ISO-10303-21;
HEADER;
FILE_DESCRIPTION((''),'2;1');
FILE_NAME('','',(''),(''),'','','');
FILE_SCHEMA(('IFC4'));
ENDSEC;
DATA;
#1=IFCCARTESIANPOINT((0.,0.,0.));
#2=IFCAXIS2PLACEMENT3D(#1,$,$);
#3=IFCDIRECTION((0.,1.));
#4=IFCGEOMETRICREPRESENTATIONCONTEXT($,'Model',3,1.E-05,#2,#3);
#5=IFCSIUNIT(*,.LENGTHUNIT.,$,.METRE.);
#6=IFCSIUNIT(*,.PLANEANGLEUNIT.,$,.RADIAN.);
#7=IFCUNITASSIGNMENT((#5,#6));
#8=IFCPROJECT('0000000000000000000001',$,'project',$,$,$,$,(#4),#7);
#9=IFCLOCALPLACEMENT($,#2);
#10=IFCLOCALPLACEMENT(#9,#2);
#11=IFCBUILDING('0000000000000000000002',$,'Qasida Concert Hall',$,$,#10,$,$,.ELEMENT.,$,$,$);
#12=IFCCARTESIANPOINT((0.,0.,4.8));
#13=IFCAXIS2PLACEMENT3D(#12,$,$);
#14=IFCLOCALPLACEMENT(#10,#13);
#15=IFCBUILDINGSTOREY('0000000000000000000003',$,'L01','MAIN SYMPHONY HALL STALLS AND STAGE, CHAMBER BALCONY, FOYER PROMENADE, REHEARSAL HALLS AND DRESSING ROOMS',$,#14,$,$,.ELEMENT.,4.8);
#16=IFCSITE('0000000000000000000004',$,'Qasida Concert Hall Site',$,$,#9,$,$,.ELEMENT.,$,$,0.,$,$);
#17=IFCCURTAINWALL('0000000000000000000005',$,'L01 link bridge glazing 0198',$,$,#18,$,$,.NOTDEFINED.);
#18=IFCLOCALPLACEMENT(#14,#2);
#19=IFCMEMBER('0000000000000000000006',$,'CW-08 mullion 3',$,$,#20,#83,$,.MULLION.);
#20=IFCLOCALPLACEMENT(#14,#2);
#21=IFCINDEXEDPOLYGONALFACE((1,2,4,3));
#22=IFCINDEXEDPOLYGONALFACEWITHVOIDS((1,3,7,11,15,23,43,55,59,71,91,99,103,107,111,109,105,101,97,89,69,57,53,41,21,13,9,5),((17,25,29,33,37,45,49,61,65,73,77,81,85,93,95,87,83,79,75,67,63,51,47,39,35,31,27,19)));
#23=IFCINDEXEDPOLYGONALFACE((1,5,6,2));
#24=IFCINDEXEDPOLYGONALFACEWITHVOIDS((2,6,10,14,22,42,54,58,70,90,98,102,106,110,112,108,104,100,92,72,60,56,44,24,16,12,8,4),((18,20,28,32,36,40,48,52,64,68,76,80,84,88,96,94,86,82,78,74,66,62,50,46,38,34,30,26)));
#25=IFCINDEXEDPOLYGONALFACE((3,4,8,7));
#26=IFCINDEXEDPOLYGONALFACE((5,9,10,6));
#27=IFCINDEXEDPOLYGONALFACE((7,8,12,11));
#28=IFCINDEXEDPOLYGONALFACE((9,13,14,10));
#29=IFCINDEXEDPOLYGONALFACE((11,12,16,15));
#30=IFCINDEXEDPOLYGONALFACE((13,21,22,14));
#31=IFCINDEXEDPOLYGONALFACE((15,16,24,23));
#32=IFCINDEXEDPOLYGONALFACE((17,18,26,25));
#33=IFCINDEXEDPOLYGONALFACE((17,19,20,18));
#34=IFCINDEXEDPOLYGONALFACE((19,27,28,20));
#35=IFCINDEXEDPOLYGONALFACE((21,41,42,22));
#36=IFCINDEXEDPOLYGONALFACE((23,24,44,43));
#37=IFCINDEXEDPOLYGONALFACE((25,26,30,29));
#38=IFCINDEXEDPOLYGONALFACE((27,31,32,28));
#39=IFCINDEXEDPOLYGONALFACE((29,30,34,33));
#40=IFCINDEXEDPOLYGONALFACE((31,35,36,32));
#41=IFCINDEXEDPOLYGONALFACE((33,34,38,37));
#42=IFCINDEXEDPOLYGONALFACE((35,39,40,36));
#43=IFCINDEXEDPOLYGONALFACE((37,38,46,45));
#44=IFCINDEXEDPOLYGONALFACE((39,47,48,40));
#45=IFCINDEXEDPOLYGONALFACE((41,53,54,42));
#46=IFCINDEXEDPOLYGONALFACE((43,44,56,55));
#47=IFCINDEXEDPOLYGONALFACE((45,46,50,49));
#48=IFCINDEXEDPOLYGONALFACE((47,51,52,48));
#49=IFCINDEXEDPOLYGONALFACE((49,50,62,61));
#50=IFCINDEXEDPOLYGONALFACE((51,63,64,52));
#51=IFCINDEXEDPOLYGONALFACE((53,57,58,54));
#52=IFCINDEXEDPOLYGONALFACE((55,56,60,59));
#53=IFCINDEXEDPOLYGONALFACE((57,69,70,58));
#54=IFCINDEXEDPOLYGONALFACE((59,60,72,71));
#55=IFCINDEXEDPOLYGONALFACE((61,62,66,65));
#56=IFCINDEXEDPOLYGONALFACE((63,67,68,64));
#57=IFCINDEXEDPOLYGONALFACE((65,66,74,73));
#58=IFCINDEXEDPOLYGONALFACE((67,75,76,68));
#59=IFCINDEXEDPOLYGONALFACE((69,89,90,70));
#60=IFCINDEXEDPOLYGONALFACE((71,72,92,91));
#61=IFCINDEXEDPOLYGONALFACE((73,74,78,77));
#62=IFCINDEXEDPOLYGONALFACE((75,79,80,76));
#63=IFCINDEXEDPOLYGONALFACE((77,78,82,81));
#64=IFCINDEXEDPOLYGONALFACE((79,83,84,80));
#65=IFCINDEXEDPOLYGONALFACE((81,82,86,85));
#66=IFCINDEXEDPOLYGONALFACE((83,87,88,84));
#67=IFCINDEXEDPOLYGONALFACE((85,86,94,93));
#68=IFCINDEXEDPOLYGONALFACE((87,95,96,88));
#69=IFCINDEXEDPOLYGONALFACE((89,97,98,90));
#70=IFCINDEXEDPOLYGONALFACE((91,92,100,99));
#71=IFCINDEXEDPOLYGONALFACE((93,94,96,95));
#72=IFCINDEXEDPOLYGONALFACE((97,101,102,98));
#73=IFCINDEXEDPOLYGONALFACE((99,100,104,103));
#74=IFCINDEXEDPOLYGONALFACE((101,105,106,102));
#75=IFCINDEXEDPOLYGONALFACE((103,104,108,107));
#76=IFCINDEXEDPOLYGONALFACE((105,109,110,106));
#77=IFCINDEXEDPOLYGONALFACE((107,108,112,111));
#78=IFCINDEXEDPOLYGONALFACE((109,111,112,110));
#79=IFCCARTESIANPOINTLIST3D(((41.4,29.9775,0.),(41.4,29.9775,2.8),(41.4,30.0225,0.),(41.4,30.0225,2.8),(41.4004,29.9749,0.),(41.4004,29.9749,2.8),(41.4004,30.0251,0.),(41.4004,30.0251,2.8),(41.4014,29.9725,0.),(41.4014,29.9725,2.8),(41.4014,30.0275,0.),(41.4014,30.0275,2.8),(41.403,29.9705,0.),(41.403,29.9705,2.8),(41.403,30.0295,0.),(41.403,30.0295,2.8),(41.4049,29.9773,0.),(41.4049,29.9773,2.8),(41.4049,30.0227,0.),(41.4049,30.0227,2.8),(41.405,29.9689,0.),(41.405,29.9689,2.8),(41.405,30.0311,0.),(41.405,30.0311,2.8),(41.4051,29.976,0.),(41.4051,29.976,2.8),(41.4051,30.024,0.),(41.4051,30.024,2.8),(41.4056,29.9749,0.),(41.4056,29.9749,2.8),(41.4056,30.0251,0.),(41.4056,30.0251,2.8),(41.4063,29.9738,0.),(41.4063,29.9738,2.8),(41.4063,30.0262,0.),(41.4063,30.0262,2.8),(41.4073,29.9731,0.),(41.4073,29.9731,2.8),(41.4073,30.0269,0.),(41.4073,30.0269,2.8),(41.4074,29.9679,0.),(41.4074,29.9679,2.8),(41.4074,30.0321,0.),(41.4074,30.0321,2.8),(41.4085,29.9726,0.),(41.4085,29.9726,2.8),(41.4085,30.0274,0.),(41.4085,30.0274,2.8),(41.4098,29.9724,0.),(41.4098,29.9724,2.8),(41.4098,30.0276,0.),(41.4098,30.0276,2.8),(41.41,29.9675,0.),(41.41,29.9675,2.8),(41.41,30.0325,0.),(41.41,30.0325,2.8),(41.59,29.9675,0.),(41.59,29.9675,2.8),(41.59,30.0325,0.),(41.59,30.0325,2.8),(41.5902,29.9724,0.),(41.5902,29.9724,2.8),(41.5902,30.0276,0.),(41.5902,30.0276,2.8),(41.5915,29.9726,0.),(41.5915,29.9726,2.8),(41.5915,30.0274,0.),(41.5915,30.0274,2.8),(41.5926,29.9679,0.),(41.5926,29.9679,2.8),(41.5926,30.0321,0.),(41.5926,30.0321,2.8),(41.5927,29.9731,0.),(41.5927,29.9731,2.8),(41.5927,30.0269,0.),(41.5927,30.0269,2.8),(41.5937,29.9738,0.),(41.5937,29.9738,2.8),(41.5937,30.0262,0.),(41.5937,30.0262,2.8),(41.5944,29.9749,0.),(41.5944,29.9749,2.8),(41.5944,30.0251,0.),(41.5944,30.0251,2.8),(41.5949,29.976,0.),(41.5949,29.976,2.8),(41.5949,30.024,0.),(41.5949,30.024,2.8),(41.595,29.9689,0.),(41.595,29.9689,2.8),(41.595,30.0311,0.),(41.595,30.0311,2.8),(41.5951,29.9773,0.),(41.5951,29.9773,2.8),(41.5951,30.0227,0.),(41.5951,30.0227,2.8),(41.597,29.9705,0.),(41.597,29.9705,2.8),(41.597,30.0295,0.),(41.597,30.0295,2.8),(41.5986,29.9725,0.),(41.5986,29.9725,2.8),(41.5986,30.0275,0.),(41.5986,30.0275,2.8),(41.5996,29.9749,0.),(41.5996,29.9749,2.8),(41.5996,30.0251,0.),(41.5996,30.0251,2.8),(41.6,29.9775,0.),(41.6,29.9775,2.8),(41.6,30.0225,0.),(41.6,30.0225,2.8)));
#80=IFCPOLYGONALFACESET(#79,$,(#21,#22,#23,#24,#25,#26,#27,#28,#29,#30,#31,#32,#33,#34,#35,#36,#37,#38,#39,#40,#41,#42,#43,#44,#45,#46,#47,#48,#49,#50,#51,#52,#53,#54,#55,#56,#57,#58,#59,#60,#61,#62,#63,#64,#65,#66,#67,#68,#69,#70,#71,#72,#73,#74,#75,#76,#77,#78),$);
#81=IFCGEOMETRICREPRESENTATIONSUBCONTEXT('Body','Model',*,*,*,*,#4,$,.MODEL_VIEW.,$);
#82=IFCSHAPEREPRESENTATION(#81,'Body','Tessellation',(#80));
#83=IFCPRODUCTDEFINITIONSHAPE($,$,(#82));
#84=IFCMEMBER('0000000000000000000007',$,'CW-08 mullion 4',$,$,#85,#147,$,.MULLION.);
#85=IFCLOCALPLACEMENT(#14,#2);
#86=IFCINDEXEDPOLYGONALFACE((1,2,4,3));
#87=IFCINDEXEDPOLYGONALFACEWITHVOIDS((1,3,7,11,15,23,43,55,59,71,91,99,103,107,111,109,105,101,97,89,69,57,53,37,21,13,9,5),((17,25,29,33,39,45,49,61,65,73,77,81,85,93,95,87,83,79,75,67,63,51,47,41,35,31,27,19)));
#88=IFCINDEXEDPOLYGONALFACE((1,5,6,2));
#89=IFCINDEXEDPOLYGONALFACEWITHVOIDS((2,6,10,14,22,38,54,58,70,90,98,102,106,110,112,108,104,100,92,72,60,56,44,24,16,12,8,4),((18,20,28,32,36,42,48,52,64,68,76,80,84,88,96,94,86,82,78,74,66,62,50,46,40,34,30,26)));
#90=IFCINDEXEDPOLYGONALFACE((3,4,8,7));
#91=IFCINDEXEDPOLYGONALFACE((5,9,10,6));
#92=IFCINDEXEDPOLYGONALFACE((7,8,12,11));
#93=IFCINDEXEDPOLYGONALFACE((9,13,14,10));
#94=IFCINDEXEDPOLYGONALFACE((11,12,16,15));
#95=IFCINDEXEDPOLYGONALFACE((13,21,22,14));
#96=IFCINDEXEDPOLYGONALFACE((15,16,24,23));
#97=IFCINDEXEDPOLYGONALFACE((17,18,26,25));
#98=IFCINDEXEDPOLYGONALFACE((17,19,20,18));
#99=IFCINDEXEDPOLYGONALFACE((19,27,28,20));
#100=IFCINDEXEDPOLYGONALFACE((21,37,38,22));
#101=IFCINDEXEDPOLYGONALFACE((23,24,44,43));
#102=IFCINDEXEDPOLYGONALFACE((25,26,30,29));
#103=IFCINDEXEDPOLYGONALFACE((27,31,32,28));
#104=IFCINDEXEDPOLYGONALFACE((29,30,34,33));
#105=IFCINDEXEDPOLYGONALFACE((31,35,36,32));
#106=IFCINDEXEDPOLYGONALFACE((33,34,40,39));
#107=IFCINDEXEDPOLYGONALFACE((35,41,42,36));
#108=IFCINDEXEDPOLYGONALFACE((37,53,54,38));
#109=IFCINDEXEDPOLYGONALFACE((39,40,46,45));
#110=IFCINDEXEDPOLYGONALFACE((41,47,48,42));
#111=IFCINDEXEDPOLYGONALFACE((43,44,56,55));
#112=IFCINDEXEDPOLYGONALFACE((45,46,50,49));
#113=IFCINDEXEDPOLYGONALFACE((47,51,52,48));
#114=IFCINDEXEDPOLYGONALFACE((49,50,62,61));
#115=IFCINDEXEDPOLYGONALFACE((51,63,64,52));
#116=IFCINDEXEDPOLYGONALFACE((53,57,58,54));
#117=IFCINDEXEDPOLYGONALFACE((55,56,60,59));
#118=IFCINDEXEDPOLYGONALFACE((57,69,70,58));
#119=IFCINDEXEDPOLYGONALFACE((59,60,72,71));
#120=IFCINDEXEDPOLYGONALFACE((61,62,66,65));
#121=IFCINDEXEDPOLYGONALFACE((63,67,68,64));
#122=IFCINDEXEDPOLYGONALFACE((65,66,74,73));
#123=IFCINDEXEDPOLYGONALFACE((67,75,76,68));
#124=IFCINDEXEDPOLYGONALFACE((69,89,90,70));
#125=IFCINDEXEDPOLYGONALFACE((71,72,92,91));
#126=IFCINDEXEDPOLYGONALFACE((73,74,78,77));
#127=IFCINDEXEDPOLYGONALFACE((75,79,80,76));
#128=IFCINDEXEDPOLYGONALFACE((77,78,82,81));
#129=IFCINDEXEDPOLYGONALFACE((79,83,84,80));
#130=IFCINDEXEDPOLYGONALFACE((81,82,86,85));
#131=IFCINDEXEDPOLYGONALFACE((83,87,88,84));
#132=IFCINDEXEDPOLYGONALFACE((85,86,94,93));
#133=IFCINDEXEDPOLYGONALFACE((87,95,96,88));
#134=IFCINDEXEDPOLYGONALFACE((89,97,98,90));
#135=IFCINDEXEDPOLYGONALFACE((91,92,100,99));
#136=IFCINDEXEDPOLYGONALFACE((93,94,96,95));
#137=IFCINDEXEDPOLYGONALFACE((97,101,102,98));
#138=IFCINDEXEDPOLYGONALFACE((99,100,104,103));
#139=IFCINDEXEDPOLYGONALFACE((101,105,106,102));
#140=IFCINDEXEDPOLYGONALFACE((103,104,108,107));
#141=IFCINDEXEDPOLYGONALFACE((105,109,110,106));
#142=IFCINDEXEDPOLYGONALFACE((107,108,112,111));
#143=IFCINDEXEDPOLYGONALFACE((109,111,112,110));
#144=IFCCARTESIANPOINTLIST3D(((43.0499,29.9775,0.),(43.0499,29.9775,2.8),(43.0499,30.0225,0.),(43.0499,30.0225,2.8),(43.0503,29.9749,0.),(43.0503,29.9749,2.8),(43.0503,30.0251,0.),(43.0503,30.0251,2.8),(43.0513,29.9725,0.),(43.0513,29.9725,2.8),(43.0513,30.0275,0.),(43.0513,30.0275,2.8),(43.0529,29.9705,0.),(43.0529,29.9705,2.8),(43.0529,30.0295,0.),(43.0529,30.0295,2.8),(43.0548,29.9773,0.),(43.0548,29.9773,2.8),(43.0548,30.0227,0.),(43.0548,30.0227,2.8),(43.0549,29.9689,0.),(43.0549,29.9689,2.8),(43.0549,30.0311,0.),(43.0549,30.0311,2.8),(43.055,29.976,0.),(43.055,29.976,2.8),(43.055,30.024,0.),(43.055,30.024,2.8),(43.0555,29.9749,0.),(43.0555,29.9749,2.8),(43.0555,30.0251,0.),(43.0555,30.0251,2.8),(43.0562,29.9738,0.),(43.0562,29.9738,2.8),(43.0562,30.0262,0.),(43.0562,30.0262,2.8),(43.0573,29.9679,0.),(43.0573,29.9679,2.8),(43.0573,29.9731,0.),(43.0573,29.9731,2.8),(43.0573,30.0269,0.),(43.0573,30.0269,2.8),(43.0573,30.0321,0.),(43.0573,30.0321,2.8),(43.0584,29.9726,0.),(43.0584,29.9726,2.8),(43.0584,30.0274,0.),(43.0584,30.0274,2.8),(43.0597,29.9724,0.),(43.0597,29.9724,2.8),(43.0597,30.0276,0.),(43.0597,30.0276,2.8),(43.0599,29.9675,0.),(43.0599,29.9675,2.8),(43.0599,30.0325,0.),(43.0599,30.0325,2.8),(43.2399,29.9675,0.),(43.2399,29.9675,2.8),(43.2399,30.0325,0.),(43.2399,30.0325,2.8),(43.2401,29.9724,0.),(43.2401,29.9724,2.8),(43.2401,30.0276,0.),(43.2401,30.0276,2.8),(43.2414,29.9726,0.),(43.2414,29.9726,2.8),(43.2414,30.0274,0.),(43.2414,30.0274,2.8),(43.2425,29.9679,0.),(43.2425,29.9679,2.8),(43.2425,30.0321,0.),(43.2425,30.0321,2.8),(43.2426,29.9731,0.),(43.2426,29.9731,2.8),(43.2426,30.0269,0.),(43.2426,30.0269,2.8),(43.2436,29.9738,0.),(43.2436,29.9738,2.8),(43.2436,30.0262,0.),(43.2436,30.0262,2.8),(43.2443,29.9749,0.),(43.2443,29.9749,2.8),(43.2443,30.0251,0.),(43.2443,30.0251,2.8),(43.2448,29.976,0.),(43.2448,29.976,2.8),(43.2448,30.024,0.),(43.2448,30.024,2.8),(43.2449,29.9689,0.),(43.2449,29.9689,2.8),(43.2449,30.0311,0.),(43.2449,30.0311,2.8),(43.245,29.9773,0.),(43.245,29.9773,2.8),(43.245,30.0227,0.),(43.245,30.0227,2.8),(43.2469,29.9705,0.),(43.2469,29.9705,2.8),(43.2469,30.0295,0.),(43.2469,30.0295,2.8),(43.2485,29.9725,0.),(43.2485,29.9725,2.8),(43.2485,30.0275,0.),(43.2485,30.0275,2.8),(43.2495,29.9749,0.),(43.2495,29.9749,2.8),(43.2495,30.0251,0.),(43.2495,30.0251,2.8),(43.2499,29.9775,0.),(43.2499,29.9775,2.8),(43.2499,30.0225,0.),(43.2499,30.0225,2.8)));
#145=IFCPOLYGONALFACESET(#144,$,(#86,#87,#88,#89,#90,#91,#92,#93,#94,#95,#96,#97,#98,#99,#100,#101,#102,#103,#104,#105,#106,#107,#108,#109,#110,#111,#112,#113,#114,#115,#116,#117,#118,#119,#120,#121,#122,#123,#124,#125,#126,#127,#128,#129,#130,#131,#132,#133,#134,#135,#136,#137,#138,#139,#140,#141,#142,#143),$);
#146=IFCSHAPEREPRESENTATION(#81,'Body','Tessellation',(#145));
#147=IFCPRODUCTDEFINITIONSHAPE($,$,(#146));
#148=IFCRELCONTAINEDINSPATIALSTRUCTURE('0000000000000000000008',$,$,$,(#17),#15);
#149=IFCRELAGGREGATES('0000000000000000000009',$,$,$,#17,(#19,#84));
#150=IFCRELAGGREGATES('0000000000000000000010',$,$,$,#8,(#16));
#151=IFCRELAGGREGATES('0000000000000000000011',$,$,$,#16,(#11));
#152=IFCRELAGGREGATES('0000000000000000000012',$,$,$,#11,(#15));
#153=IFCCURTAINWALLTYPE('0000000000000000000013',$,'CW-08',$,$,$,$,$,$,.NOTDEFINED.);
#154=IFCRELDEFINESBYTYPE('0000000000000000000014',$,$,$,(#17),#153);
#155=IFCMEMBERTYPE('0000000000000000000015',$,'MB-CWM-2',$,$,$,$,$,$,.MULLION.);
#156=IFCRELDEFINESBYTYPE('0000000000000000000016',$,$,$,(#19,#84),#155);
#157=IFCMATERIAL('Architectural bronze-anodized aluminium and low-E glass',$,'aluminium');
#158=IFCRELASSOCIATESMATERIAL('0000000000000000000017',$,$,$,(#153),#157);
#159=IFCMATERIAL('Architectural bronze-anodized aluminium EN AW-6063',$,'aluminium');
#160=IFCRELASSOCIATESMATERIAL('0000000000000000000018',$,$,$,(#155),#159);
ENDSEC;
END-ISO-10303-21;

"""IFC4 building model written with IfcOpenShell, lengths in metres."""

from ifc_helpers import new_model, si_unit, direction, frame, origin, origin_2d, place, context, subcontext, project, spatial, hollow_rectangle, extrude, material, material_profile, profile_set, type_object, element, aggregate, save


model = new_model("IFC4")

# Units and contexts
model_context = context("Model", 3, precision=1e-05, world=origin(), true_north=direction((0.0, 1.0)))
body_context = subcontext(model_context, "Body", "Model", "MODEL_VIEW")
ifc_project = project(units=[si_unit("LENGTHUNIT", "METRE"), si_unit("PLANEANGLEUNIT", "RADIAN")], contexts=[model_context])

# Site, building, storey
site_placement = place(None, origin())
site = spatial("IfcSite", under=ifc_project, at=site_placement, Name="Qasida Concert Hall Site", CompositionType="ELEMENT", RefElevation=0.0)
building_placement = place(site_placement, origin())
building = spatial("IfcBuilding", under=site, at=building_placement, Name="Qasida Concert Hall", CompositionType="ELEMENT")
storey_placement = place(building_placement, frame((0.0, 0.0, 4.8)))
storey = spatial("IfcBuildingStorey", under=building, at=storey_placement, Name="L01", Description="MAIN SYMPHONY HALL STALLS AND STAGE, CHAMBER BALCONY, FOYER PROMENADE, REHEARSAL HALLS AND DRESSING ROOMS", CompositionType="ELEMENT", Elevation=4.8)

# Curtain wall, members
ifc_material_1 = material(Name="Architectural bronze-anodized aluminium and low-E glass", Category="aluminium")
curtain_wall_type = type_object("IfcCurtainWallType", Name="CW-08", PredefinedType="NOTDEFINED", material=ifc_material_1)
curtain_wall_1_placement = place(storey_placement, origin())
curtain_wall_1 = element("IfcCurtainWall", 1, at=curtain_wall_1_placement, inside=storey, type_object=curtain_wall_type, Name="L01 link bridge glazing 0198", PredefinedType="NOTDEFINED")
ifc_material_2 = material(Name="Architectural bronze-anodized aluminium EN AW-6063", Category="aluminium")
ifc_material_profile_1 = material_profile(ifc_material_2, hollow_rectangle(XDim=0.0649, YDim=0.2, WallThickness=0.0049, InnerFilletRadius=0.0049, OuterFilletRadius=0.01, at=origin_2d()), Name="CWM 200x65x5")
ifc_profile_set_1 = profile_set([ifc_material_profile_1], Name="Architectural bronze-anodized aluminium EN AW-6063")
member_type_1 = type_object("IfcMemberType", Name="MB-CWM-2", PredefinedType="MULLION", material=ifc_profile_set_1)
member_1_placement = place(storey_placement, frame((41.5, 30.0, 0.0), z_axis=(0.0, 0.0, 1.0), x_axis=(0.0, 1.0, 0.0)))
member_1 = element("IfcMember", 2, at=member_1_placement, type_object=member_type_1, Name="CW-08 mullion 3", PredefinedType="MULLION", context=body_context, shape_type="SweptSolid", body=[
    extrude(hollow_rectangle(XDim=0.0649, YDim=0.2, WallThickness=0.0049, InnerFilletRadius=0.0049, OuterFilletRadius=0.01, at=origin_2d()), origin(), (0.0, 0.0, 1.0), 2.8),
])
member_2_placement = place(storey_placement, frame((43.1499, 30.0, 0.0), z_axis=(0.0, 0.0, 1.0), x_axis=(0.0, 1.0, 0.0)))
member_2 = element("IfcMember", 3, at=member_2_placement, type_object=member_type_1, Name="CW-08 mullion 4", PredefinedType="MULLION", context=body_context, shape_type="SweptSolid", body=[
    extrude(hollow_rectangle(XDim=0.0649, YDim=0.2, WallThickness=0.0049, InnerFilletRadius=0.0049, OuterFilletRadius=0.01, at=origin_2d()), origin(), (0.0, 0.0, 1.0), 2.8),
])

aggregate(curtain_wall_1, [member_1, member_2])

save(model, "model.ifc")
